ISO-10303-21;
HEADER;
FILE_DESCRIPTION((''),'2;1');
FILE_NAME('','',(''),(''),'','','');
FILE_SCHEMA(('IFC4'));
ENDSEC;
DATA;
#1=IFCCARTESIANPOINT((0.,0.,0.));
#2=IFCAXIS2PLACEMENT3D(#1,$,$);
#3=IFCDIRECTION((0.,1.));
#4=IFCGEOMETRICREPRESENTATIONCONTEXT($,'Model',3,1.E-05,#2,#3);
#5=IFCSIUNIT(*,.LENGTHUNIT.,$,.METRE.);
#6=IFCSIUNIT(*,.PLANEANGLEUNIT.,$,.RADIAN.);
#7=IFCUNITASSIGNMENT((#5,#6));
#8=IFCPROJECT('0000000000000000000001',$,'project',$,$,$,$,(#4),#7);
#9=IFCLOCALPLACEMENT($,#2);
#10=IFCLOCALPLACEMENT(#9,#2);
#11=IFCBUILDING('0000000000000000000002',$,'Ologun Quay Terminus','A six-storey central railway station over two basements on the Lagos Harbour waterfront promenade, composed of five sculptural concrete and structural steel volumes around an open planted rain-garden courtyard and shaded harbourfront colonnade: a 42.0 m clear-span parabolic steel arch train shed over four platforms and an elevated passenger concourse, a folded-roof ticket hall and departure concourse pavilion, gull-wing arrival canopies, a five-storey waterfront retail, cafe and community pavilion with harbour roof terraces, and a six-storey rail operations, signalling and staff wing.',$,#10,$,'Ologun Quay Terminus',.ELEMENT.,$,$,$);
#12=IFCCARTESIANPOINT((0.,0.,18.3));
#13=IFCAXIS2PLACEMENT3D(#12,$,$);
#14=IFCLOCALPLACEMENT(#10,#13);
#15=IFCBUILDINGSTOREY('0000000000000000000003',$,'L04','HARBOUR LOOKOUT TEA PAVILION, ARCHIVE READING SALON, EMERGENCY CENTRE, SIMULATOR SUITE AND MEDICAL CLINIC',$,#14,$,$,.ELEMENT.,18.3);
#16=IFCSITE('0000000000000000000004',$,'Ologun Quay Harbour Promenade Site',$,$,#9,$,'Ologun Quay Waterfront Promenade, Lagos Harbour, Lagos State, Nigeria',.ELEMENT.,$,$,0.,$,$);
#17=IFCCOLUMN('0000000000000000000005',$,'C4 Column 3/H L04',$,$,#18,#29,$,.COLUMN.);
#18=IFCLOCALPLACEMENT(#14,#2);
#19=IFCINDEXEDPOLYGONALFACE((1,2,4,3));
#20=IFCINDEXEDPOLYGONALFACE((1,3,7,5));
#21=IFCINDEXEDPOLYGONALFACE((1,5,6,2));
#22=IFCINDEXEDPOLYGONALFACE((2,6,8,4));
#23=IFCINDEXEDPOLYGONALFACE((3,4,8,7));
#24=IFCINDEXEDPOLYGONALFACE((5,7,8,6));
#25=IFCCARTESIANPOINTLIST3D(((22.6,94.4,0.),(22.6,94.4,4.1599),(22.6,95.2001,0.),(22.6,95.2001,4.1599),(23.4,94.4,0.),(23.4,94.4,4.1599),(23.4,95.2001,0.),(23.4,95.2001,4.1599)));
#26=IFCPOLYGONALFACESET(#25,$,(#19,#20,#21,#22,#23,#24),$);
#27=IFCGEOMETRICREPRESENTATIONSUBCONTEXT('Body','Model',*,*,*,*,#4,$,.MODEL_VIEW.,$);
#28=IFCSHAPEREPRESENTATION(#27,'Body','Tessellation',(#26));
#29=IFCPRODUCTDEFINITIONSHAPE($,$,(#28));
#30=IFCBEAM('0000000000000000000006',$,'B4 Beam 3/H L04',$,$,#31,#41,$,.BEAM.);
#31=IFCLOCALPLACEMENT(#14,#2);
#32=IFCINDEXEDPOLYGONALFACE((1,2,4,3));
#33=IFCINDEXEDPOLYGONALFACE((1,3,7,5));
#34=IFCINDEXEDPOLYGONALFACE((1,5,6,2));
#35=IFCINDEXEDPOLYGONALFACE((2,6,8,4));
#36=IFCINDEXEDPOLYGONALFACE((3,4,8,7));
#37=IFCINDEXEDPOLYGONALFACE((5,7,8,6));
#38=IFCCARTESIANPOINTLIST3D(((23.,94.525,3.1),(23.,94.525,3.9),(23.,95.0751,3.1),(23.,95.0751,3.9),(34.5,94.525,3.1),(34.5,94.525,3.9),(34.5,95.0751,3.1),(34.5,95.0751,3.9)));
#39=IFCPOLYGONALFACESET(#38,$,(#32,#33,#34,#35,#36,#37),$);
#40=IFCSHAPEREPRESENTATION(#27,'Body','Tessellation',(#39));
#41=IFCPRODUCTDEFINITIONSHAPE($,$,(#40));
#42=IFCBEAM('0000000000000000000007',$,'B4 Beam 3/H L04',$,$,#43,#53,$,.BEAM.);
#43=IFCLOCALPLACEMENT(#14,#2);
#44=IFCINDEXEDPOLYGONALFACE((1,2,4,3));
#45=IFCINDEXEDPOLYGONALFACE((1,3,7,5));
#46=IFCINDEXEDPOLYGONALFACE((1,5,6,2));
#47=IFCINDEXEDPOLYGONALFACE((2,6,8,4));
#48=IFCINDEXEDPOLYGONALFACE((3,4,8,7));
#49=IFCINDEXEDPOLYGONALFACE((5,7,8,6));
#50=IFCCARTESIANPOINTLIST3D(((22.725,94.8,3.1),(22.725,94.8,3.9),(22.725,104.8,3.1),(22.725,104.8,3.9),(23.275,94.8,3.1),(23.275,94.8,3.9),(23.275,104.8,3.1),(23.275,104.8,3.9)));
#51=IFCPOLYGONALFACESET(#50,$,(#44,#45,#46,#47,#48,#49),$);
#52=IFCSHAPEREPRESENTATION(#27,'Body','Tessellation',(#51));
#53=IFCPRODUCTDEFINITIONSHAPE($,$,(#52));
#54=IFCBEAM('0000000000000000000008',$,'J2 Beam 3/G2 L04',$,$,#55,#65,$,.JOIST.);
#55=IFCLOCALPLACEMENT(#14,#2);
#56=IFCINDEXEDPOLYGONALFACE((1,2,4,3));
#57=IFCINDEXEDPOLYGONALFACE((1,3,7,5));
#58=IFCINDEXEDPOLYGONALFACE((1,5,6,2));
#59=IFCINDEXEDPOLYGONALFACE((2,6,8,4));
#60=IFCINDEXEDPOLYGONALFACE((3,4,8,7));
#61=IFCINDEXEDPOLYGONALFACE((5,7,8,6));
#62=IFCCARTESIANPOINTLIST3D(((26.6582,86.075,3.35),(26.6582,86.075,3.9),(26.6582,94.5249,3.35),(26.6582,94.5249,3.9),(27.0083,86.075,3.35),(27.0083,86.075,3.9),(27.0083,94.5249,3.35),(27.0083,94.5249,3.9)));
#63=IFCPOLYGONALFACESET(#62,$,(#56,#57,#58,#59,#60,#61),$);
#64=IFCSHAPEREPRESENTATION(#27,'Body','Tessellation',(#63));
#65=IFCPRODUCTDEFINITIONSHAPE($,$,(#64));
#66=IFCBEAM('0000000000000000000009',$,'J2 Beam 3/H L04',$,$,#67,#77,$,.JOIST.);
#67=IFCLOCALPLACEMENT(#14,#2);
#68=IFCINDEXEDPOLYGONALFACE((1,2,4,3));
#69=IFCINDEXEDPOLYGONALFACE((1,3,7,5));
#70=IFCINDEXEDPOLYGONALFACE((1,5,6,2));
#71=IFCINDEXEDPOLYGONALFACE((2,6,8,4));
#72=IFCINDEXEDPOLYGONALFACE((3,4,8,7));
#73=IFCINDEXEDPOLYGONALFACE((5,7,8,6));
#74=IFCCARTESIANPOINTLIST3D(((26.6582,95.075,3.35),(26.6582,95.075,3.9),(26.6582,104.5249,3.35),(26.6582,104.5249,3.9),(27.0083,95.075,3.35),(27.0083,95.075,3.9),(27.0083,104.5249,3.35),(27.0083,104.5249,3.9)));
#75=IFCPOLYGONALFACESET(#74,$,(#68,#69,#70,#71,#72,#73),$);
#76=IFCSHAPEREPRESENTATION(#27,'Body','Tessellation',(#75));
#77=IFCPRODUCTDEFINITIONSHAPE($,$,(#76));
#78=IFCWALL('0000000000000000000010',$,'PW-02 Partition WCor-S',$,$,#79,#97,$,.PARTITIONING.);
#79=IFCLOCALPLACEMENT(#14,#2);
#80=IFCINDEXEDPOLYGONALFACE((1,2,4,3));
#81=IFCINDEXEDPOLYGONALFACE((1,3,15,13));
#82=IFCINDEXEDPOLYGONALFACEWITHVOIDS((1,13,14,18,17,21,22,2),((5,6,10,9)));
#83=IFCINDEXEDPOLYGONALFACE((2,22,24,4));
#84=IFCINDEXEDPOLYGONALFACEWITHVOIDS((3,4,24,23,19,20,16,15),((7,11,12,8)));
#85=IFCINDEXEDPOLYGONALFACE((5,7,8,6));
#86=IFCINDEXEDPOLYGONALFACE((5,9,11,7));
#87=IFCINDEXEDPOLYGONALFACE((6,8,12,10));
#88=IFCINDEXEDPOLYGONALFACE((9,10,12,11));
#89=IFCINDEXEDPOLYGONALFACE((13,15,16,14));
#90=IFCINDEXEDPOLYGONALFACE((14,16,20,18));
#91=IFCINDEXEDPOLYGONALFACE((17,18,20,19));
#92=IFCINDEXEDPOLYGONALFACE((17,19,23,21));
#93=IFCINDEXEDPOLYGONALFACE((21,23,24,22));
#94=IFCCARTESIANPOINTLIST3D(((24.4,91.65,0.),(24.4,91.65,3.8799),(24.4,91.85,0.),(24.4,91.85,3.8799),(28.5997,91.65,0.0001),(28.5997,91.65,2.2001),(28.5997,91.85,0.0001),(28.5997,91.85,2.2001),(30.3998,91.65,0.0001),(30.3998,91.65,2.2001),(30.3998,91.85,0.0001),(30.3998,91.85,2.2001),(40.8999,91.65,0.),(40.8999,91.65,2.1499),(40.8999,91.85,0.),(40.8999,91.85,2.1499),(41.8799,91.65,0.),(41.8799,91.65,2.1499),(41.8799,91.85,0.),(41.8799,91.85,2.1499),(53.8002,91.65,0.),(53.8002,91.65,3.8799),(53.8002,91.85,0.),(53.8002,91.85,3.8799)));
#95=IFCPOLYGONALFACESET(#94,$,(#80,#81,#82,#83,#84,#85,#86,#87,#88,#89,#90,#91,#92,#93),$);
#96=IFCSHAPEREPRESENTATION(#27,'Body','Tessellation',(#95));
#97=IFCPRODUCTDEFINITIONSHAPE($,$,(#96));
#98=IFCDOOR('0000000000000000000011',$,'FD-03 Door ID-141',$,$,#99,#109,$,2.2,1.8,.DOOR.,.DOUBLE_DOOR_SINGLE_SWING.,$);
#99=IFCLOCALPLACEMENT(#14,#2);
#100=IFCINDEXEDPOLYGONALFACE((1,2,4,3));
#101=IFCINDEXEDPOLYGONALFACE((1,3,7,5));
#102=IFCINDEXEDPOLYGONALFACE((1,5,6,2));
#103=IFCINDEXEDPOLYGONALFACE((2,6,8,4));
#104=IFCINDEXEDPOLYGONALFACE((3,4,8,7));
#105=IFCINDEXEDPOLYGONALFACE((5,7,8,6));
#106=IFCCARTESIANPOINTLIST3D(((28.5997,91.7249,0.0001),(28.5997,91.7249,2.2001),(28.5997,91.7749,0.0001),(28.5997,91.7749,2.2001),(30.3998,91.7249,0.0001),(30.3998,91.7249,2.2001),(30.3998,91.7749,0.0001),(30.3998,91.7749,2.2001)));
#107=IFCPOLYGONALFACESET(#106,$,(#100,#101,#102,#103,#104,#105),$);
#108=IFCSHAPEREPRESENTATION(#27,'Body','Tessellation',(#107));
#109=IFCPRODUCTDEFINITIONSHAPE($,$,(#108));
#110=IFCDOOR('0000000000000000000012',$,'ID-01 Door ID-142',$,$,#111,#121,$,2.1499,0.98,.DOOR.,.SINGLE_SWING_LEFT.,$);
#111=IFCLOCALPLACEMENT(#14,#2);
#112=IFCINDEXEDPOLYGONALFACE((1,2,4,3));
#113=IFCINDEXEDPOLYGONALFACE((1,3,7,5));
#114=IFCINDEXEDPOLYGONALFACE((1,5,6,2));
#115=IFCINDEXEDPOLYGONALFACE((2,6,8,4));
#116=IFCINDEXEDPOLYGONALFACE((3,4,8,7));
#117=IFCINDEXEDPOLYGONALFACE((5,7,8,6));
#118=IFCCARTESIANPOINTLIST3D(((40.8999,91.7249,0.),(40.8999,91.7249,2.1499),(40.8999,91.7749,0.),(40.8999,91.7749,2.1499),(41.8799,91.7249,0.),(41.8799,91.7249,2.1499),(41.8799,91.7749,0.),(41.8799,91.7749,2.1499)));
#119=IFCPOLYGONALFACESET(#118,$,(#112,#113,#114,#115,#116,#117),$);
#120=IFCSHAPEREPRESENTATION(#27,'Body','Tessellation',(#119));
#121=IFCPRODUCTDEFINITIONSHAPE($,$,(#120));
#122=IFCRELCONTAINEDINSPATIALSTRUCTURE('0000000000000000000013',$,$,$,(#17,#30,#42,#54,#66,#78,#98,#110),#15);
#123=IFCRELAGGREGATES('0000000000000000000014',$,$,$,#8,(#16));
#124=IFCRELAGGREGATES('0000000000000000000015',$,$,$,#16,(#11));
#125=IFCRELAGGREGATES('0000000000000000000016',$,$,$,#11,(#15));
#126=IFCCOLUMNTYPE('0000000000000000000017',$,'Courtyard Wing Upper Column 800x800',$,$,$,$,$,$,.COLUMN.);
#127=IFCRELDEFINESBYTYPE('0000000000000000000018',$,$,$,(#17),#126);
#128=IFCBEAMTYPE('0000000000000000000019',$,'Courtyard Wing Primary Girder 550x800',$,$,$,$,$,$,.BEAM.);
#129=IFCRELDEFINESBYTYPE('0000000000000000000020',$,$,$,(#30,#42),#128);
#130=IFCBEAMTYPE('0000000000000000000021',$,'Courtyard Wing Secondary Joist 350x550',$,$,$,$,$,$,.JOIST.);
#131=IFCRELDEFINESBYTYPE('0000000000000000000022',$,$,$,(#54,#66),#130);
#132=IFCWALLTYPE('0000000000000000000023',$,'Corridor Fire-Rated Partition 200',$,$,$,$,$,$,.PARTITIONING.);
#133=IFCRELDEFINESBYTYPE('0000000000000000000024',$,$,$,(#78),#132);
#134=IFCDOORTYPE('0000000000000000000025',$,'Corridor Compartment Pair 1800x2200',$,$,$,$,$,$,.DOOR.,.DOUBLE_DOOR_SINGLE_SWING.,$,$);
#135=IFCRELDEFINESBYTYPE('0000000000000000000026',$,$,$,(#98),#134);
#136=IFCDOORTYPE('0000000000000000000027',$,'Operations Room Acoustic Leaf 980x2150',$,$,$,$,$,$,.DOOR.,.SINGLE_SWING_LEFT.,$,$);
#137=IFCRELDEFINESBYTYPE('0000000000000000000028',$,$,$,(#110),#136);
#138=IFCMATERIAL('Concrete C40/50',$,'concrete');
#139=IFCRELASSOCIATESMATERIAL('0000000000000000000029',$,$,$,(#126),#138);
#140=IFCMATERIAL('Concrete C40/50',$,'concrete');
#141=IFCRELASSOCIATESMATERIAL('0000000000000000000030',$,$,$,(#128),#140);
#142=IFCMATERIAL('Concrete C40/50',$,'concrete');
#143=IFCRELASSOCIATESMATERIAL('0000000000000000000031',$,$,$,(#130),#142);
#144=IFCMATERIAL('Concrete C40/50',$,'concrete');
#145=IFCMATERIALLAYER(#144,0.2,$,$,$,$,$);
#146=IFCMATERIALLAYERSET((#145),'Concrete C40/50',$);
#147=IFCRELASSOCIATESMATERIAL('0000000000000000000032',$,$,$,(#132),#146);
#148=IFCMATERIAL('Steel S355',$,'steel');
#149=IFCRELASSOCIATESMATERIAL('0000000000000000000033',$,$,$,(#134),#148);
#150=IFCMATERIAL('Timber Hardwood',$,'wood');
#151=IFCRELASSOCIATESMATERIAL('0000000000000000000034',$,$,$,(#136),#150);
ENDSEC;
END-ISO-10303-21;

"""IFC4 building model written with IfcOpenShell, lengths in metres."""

from ifc_helpers import new_model, si_unit, direction, frame, frame_2d, origin, origin_2d, place, context, subcontext, project, spatial, rectangle, extrude, material, layer, layer_set, material_profile, profile_set, type_object, element, fill, save


model = new_model("IFC4")

# Units and contexts
model_context = context("Model", 3, precision=1e-05, world=origin(), true_north=direction((0.0, 1.0)))
body_context = subcontext(model_context, "Body", "Model", "MODEL_VIEW")
ifc_project = project(units=[si_unit("LENGTHUNIT", "METRE"), si_unit("PLANEANGLEUNIT", "RADIAN")], contexts=[model_context])

# Site, building, storey
site_placement = place(None, origin())
site = spatial("IfcSite", under=ifc_project, at=site_placement, Name="Ologun Quay Harbour Promenade Site", LongName="Ologun Quay Waterfront Promenade, Lagos Harbour, Lagos State, Nigeria", CompositionType="ELEMENT", RefElevation=0.0)
building_placement = place(site_placement, origin())
building = spatial("IfcBuilding", under=site, at=building_placement, Name="Ologun Quay Terminus", Description="A six-storey central railway station over two basements on the Lagos Harbour waterfront promenade, composed of five sculptural concrete and structural steel volumes around an open planted rain-garden courtyard and shaded harbourfront colonnade: a 42.0 m clear-span parabolic steel arch train shed over four platforms and an elevated passenger concourse, a folded-roof ticket hall and departure concourse pavilion, gull-wing arrival canopies, a five-storey waterfront retail, cafe and community pavilion with harbour roof terraces, and a six-storey rail operations, signalling and staff wing.", LongName="Ologun Quay Terminus", CompositionType="ELEMENT")
storey_placement = place(building_placement, frame((0.0, 0.0, 18.3)))
storey = spatial("IfcBuildingStorey", under=building, at=storey_placement, Name="L04", Description="HARBOUR LOOKOUT TEA PAVILION, ARCHIVE READING SALON, EMERGENCY CENTRE, SIMULATOR SUITE AND MEDICAL CLINIC", CompositionType="ELEMENT", Elevation=18.3)

# Column
ifc_material_1 = material(Name="Concrete C40/50", Category="concrete")
ifc_material_profile_1 = material_profile(ifc_material_1, rectangle(XDim=0.8, YDim=0.8, at=origin_2d()), Name="RC 800x800")
ifc_profile_set_1 = profile_set([ifc_material_profile_1], Name="Concrete C40/50")
column_type = type_object("IfcColumnType", Name="Courtyard Wing Upper Column 800x800", PredefinedType="COLUMN", material=ifc_profile_set_1)
column_placement = place(storey_placement, frame((23.0, 94.8, 0.0), z_axis=(0.0, 0.0, 1.0), x_axis=(1.0, 0.0, 0.0)))
element("IfcColumn", 1, at=column_placement, inside=storey, type_object=column_type, Name="C4 Column 3/H L04", PredefinedType="COLUMN", context=body_context, shape_type="SweptSolid", body=[
    extrude(rectangle(XDim=0.8, YDim=0.8, at=origin_2d()), origin(), (0.0, 0.0, 1.0), 4.1599),
])

# Beams
ifc_material_2 = material(Name="Concrete C40/50", Category="concrete")
ifc_material_profile_2 = material_profile(ifc_material_2, rectangle(XDim=0.55, YDim=0.8, at=origin_2d()), Name="RC 550x800")
ifc_profile_set_2 = profile_set([ifc_material_profile_2], Name="Concrete C40/50")
beam_type_1 = type_object("IfcBeamType", Name="Courtyard Wing Primary Girder 550x800", PredefinedType="BEAM", material=ifc_profile_set_2)
beam_1_placement = place(storey_placement, frame((23.0, 94.8, 3.5), z_axis=(1.0, 0.0, 0.0), x_axis=(0.0, 1.0, 0.0)))
element("IfcBeam", 2, at=beam_1_placement, inside=storey, type_object=beam_type_1, Name="B4 Beam 3/H L04", PredefinedType="BEAM", context=body_context, shape_type="SweptSolid", body=[
    extrude(rectangle(XDim=0.55, YDim=0.8, at=origin_2d()), origin(), (0.0, 0.0, 1.0), 11.5),
])
beam_2_placement = place(storey_placement, frame((23.0, 94.8, 3.5), z_axis=(0.0, 1.0, 0.0), x_axis=(-1.0, 0.0, 0.0)))
element("IfcBeam", 3, at=beam_2_placement, inside=storey, type_object=beam_type_1, Name="B4 Beam 3/H L04", PredefinedType="BEAM", context=body_context, shape_type="SweptSolid", body=[
    extrude(rectangle(XDim=0.55, YDim=0.8, at=origin_2d()), origin(), (0.0, 0.0, 1.0), 10.0),
])
ifc_material_3 = material(Name="Concrete C40/50", Category="concrete")
ifc_material_profile_3 = material_profile(ifc_material_3, rectangle(XDim=0.3501, YDim=0.55, at=origin_2d()), Name="RC 350x550")
ifc_profile_set_3 = profile_set([ifc_material_profile_3], Name="Concrete C40/50")
beam_type_2 = type_object("IfcBeamType", Name="Courtyard Wing Secondary Joist 350x550", PredefinedType="JOIST", material=ifc_profile_set_3)
beam_3_placement = place(storey_placement, frame((26.8333, 86.075, 3.625), z_axis=(0.0, 1.0, 0.0), x_axis=(-1.0, 0.0, 0.0)))
element("IfcBeam", 4, at=beam_3_placement, inside=storey, type_object=beam_type_2, Name="J2 Beam 3/G2 L04", PredefinedType="JOIST", context=body_context, shape_type="SweptSolid", body=[
    extrude(rectangle(XDim=0.3501, YDim=0.55, at=origin_2d()), origin(), (0.0, 0.0, 1.0), 8.45),
])
beam_4_placement = place(storey_placement, frame((26.8333, 95.075, 3.625), z_axis=(0.0, 1.0, 0.0), x_axis=(-1.0, 0.0, 0.0)))
element("IfcBeam", 5, at=beam_4_placement, inside=storey, type_object=beam_type_2, Name="J2 Beam 3/H L04", PredefinedType="JOIST", context=body_context, shape_type="SweptSolid", body=[
    extrude(rectangle(XDim=0.3501, YDim=0.55, at=origin_2d()), origin(), (0.0, 0.0, 1.0), 9.45),
])

# Wall, openings, doors
ifc_material_4 = material(Name="Concrete C40/50", Category="concrete")
ifc_layer_1 = layer(ifc_material_4, 0.2)
ifc_layer_set_1 = layer_set([ifc_layer_1], Name="Concrete C40/50")
wall_type_1 = type_object("IfcWallType", Name="Corridor Fire-Rated Partition 200", PredefinedType="PARTITIONING", material=ifc_layer_set_1)
wall_1_placement = place(storey_placement, frame((24.3999, 91.75, 0.0), z_axis=(0.0, 0.0, 1.0), x_axis=(1.0, 0.0, 0.0)))
wall_1 = element("IfcWall", 6, at=wall_1_placement, inside=storey, type_object=wall_type_1, Name="PW-02 Partition WCor-S", PredefinedType="PARTITIONING", context=body_context, shape_type="SweptSolid", body=[
    extrude(rectangle(XDim=29.4001, YDim=0.2, at=frame_2d((14.7002, 0.0))), origin(), (0.0, 0.0, 1.0), 3.8799),
])
opening_1_placement = place(wall_1_placement, frame((4.2, 0.0, 0.0)))
opening_1 = element("IfcOpeningElement", 7, at=opening_1_placement, cuts=wall_1, PredefinedType="OPENING", context=body_context, shape_type="SweptSolid", body=[
    extrude(rectangle(XDim=1.8, YDim=2.2, at=frame_2d((0.8999, 1.1001))), frame((0.0, 0.1099, 0.0), z_axis=(0.0, -1.0, 0.0), x_axis=(1.0, 0.0, 0.0)), (0.0, 0.0, 1.0), 0.22),
])
opening_2_placement = place(wall_1_placement, frame((16.5, 0.0, 0.0)))
opening_2 = element("IfcOpeningElement", 8, at=opening_2_placement, cuts=wall_1, PredefinedType="OPENING", context=body_context, shape_type="SweptSolid", body=[
    extrude(rectangle(XDim=0.98, YDim=2.1499, at=frame_2d((0.49, 1.075))), frame((0.0, 0.1099, 0.0), z_axis=(0.0, -1.0, 0.0), x_axis=(1.0, 0.0, 0.0)), (0.0, 0.0, 1.0), 0.22),
])
ifc_material_5 = material(Name="Steel S355", Category="steel")
door_type_1 = type_object("IfcDoorType", Name="Corridor Compartment Pair 1800x2200", OperationType="DOUBLE_DOOR_SINGLE_SWING", PredefinedType="DOOR", material=ifc_material_5)
door_1_placement = place(opening_1_placement, origin())
door_1 = element("IfcDoor", 9, at=door_1_placement, inside=storey, type_object=door_type_1, Name="FD-03 Door ID-141", OperationType="DOUBLE_DOOR_SINGLE_SWING", OverallHeight=2.2, OverallWidth=1.8, PredefinedType="DOOR", context=body_context, shape_type="SweptSolid", body=[
    extrude(rectangle(XDim=1.8, YDim=2.2, at=frame_2d((0.8999, 1.1001))), frame((0.0, 0.0249, 0.0), z_axis=(0.0, -1.0, 0.0), x_axis=(1.0, 0.0, 0.0)), (0.0, 0.0, 1.0), 0.05),
])
fill(opening_1, door_1)
ifc_material_6 = material(Name="Timber Hardwood", Category="wood")
door_type_2 = type_object("IfcDoorType", Name="Operations Room Acoustic Leaf 980x2150", OperationType="SINGLE_SWING_LEFT", PredefinedType="DOOR", material=ifc_material_6)
door_2_placement = place(opening_2_placement, origin())
door_2 = element("IfcDoor", 10, at=door_2_placement, inside=storey, type_object=door_type_2, Name="ID-01 Door ID-142", OperationType="SINGLE_SWING_LEFT", OverallHeight=2.1499, OverallWidth=0.98, PredefinedType="DOOR", context=body_context, shape_type="SweptSolid", body=[
    extrude(rectangle(XDim=0.98, YDim=2.1499, at=frame_2d((0.49, 1.075))), frame((0.0, 0.0249, 0.0), z_axis=(0.0, -1.0, 0.0), x_axis=(1.0, 0.0, 0.0)), (0.0, 0.0, 1.0), 0.05),
])
fill(opening_2, door_2)

save(model, "model.ifc")
